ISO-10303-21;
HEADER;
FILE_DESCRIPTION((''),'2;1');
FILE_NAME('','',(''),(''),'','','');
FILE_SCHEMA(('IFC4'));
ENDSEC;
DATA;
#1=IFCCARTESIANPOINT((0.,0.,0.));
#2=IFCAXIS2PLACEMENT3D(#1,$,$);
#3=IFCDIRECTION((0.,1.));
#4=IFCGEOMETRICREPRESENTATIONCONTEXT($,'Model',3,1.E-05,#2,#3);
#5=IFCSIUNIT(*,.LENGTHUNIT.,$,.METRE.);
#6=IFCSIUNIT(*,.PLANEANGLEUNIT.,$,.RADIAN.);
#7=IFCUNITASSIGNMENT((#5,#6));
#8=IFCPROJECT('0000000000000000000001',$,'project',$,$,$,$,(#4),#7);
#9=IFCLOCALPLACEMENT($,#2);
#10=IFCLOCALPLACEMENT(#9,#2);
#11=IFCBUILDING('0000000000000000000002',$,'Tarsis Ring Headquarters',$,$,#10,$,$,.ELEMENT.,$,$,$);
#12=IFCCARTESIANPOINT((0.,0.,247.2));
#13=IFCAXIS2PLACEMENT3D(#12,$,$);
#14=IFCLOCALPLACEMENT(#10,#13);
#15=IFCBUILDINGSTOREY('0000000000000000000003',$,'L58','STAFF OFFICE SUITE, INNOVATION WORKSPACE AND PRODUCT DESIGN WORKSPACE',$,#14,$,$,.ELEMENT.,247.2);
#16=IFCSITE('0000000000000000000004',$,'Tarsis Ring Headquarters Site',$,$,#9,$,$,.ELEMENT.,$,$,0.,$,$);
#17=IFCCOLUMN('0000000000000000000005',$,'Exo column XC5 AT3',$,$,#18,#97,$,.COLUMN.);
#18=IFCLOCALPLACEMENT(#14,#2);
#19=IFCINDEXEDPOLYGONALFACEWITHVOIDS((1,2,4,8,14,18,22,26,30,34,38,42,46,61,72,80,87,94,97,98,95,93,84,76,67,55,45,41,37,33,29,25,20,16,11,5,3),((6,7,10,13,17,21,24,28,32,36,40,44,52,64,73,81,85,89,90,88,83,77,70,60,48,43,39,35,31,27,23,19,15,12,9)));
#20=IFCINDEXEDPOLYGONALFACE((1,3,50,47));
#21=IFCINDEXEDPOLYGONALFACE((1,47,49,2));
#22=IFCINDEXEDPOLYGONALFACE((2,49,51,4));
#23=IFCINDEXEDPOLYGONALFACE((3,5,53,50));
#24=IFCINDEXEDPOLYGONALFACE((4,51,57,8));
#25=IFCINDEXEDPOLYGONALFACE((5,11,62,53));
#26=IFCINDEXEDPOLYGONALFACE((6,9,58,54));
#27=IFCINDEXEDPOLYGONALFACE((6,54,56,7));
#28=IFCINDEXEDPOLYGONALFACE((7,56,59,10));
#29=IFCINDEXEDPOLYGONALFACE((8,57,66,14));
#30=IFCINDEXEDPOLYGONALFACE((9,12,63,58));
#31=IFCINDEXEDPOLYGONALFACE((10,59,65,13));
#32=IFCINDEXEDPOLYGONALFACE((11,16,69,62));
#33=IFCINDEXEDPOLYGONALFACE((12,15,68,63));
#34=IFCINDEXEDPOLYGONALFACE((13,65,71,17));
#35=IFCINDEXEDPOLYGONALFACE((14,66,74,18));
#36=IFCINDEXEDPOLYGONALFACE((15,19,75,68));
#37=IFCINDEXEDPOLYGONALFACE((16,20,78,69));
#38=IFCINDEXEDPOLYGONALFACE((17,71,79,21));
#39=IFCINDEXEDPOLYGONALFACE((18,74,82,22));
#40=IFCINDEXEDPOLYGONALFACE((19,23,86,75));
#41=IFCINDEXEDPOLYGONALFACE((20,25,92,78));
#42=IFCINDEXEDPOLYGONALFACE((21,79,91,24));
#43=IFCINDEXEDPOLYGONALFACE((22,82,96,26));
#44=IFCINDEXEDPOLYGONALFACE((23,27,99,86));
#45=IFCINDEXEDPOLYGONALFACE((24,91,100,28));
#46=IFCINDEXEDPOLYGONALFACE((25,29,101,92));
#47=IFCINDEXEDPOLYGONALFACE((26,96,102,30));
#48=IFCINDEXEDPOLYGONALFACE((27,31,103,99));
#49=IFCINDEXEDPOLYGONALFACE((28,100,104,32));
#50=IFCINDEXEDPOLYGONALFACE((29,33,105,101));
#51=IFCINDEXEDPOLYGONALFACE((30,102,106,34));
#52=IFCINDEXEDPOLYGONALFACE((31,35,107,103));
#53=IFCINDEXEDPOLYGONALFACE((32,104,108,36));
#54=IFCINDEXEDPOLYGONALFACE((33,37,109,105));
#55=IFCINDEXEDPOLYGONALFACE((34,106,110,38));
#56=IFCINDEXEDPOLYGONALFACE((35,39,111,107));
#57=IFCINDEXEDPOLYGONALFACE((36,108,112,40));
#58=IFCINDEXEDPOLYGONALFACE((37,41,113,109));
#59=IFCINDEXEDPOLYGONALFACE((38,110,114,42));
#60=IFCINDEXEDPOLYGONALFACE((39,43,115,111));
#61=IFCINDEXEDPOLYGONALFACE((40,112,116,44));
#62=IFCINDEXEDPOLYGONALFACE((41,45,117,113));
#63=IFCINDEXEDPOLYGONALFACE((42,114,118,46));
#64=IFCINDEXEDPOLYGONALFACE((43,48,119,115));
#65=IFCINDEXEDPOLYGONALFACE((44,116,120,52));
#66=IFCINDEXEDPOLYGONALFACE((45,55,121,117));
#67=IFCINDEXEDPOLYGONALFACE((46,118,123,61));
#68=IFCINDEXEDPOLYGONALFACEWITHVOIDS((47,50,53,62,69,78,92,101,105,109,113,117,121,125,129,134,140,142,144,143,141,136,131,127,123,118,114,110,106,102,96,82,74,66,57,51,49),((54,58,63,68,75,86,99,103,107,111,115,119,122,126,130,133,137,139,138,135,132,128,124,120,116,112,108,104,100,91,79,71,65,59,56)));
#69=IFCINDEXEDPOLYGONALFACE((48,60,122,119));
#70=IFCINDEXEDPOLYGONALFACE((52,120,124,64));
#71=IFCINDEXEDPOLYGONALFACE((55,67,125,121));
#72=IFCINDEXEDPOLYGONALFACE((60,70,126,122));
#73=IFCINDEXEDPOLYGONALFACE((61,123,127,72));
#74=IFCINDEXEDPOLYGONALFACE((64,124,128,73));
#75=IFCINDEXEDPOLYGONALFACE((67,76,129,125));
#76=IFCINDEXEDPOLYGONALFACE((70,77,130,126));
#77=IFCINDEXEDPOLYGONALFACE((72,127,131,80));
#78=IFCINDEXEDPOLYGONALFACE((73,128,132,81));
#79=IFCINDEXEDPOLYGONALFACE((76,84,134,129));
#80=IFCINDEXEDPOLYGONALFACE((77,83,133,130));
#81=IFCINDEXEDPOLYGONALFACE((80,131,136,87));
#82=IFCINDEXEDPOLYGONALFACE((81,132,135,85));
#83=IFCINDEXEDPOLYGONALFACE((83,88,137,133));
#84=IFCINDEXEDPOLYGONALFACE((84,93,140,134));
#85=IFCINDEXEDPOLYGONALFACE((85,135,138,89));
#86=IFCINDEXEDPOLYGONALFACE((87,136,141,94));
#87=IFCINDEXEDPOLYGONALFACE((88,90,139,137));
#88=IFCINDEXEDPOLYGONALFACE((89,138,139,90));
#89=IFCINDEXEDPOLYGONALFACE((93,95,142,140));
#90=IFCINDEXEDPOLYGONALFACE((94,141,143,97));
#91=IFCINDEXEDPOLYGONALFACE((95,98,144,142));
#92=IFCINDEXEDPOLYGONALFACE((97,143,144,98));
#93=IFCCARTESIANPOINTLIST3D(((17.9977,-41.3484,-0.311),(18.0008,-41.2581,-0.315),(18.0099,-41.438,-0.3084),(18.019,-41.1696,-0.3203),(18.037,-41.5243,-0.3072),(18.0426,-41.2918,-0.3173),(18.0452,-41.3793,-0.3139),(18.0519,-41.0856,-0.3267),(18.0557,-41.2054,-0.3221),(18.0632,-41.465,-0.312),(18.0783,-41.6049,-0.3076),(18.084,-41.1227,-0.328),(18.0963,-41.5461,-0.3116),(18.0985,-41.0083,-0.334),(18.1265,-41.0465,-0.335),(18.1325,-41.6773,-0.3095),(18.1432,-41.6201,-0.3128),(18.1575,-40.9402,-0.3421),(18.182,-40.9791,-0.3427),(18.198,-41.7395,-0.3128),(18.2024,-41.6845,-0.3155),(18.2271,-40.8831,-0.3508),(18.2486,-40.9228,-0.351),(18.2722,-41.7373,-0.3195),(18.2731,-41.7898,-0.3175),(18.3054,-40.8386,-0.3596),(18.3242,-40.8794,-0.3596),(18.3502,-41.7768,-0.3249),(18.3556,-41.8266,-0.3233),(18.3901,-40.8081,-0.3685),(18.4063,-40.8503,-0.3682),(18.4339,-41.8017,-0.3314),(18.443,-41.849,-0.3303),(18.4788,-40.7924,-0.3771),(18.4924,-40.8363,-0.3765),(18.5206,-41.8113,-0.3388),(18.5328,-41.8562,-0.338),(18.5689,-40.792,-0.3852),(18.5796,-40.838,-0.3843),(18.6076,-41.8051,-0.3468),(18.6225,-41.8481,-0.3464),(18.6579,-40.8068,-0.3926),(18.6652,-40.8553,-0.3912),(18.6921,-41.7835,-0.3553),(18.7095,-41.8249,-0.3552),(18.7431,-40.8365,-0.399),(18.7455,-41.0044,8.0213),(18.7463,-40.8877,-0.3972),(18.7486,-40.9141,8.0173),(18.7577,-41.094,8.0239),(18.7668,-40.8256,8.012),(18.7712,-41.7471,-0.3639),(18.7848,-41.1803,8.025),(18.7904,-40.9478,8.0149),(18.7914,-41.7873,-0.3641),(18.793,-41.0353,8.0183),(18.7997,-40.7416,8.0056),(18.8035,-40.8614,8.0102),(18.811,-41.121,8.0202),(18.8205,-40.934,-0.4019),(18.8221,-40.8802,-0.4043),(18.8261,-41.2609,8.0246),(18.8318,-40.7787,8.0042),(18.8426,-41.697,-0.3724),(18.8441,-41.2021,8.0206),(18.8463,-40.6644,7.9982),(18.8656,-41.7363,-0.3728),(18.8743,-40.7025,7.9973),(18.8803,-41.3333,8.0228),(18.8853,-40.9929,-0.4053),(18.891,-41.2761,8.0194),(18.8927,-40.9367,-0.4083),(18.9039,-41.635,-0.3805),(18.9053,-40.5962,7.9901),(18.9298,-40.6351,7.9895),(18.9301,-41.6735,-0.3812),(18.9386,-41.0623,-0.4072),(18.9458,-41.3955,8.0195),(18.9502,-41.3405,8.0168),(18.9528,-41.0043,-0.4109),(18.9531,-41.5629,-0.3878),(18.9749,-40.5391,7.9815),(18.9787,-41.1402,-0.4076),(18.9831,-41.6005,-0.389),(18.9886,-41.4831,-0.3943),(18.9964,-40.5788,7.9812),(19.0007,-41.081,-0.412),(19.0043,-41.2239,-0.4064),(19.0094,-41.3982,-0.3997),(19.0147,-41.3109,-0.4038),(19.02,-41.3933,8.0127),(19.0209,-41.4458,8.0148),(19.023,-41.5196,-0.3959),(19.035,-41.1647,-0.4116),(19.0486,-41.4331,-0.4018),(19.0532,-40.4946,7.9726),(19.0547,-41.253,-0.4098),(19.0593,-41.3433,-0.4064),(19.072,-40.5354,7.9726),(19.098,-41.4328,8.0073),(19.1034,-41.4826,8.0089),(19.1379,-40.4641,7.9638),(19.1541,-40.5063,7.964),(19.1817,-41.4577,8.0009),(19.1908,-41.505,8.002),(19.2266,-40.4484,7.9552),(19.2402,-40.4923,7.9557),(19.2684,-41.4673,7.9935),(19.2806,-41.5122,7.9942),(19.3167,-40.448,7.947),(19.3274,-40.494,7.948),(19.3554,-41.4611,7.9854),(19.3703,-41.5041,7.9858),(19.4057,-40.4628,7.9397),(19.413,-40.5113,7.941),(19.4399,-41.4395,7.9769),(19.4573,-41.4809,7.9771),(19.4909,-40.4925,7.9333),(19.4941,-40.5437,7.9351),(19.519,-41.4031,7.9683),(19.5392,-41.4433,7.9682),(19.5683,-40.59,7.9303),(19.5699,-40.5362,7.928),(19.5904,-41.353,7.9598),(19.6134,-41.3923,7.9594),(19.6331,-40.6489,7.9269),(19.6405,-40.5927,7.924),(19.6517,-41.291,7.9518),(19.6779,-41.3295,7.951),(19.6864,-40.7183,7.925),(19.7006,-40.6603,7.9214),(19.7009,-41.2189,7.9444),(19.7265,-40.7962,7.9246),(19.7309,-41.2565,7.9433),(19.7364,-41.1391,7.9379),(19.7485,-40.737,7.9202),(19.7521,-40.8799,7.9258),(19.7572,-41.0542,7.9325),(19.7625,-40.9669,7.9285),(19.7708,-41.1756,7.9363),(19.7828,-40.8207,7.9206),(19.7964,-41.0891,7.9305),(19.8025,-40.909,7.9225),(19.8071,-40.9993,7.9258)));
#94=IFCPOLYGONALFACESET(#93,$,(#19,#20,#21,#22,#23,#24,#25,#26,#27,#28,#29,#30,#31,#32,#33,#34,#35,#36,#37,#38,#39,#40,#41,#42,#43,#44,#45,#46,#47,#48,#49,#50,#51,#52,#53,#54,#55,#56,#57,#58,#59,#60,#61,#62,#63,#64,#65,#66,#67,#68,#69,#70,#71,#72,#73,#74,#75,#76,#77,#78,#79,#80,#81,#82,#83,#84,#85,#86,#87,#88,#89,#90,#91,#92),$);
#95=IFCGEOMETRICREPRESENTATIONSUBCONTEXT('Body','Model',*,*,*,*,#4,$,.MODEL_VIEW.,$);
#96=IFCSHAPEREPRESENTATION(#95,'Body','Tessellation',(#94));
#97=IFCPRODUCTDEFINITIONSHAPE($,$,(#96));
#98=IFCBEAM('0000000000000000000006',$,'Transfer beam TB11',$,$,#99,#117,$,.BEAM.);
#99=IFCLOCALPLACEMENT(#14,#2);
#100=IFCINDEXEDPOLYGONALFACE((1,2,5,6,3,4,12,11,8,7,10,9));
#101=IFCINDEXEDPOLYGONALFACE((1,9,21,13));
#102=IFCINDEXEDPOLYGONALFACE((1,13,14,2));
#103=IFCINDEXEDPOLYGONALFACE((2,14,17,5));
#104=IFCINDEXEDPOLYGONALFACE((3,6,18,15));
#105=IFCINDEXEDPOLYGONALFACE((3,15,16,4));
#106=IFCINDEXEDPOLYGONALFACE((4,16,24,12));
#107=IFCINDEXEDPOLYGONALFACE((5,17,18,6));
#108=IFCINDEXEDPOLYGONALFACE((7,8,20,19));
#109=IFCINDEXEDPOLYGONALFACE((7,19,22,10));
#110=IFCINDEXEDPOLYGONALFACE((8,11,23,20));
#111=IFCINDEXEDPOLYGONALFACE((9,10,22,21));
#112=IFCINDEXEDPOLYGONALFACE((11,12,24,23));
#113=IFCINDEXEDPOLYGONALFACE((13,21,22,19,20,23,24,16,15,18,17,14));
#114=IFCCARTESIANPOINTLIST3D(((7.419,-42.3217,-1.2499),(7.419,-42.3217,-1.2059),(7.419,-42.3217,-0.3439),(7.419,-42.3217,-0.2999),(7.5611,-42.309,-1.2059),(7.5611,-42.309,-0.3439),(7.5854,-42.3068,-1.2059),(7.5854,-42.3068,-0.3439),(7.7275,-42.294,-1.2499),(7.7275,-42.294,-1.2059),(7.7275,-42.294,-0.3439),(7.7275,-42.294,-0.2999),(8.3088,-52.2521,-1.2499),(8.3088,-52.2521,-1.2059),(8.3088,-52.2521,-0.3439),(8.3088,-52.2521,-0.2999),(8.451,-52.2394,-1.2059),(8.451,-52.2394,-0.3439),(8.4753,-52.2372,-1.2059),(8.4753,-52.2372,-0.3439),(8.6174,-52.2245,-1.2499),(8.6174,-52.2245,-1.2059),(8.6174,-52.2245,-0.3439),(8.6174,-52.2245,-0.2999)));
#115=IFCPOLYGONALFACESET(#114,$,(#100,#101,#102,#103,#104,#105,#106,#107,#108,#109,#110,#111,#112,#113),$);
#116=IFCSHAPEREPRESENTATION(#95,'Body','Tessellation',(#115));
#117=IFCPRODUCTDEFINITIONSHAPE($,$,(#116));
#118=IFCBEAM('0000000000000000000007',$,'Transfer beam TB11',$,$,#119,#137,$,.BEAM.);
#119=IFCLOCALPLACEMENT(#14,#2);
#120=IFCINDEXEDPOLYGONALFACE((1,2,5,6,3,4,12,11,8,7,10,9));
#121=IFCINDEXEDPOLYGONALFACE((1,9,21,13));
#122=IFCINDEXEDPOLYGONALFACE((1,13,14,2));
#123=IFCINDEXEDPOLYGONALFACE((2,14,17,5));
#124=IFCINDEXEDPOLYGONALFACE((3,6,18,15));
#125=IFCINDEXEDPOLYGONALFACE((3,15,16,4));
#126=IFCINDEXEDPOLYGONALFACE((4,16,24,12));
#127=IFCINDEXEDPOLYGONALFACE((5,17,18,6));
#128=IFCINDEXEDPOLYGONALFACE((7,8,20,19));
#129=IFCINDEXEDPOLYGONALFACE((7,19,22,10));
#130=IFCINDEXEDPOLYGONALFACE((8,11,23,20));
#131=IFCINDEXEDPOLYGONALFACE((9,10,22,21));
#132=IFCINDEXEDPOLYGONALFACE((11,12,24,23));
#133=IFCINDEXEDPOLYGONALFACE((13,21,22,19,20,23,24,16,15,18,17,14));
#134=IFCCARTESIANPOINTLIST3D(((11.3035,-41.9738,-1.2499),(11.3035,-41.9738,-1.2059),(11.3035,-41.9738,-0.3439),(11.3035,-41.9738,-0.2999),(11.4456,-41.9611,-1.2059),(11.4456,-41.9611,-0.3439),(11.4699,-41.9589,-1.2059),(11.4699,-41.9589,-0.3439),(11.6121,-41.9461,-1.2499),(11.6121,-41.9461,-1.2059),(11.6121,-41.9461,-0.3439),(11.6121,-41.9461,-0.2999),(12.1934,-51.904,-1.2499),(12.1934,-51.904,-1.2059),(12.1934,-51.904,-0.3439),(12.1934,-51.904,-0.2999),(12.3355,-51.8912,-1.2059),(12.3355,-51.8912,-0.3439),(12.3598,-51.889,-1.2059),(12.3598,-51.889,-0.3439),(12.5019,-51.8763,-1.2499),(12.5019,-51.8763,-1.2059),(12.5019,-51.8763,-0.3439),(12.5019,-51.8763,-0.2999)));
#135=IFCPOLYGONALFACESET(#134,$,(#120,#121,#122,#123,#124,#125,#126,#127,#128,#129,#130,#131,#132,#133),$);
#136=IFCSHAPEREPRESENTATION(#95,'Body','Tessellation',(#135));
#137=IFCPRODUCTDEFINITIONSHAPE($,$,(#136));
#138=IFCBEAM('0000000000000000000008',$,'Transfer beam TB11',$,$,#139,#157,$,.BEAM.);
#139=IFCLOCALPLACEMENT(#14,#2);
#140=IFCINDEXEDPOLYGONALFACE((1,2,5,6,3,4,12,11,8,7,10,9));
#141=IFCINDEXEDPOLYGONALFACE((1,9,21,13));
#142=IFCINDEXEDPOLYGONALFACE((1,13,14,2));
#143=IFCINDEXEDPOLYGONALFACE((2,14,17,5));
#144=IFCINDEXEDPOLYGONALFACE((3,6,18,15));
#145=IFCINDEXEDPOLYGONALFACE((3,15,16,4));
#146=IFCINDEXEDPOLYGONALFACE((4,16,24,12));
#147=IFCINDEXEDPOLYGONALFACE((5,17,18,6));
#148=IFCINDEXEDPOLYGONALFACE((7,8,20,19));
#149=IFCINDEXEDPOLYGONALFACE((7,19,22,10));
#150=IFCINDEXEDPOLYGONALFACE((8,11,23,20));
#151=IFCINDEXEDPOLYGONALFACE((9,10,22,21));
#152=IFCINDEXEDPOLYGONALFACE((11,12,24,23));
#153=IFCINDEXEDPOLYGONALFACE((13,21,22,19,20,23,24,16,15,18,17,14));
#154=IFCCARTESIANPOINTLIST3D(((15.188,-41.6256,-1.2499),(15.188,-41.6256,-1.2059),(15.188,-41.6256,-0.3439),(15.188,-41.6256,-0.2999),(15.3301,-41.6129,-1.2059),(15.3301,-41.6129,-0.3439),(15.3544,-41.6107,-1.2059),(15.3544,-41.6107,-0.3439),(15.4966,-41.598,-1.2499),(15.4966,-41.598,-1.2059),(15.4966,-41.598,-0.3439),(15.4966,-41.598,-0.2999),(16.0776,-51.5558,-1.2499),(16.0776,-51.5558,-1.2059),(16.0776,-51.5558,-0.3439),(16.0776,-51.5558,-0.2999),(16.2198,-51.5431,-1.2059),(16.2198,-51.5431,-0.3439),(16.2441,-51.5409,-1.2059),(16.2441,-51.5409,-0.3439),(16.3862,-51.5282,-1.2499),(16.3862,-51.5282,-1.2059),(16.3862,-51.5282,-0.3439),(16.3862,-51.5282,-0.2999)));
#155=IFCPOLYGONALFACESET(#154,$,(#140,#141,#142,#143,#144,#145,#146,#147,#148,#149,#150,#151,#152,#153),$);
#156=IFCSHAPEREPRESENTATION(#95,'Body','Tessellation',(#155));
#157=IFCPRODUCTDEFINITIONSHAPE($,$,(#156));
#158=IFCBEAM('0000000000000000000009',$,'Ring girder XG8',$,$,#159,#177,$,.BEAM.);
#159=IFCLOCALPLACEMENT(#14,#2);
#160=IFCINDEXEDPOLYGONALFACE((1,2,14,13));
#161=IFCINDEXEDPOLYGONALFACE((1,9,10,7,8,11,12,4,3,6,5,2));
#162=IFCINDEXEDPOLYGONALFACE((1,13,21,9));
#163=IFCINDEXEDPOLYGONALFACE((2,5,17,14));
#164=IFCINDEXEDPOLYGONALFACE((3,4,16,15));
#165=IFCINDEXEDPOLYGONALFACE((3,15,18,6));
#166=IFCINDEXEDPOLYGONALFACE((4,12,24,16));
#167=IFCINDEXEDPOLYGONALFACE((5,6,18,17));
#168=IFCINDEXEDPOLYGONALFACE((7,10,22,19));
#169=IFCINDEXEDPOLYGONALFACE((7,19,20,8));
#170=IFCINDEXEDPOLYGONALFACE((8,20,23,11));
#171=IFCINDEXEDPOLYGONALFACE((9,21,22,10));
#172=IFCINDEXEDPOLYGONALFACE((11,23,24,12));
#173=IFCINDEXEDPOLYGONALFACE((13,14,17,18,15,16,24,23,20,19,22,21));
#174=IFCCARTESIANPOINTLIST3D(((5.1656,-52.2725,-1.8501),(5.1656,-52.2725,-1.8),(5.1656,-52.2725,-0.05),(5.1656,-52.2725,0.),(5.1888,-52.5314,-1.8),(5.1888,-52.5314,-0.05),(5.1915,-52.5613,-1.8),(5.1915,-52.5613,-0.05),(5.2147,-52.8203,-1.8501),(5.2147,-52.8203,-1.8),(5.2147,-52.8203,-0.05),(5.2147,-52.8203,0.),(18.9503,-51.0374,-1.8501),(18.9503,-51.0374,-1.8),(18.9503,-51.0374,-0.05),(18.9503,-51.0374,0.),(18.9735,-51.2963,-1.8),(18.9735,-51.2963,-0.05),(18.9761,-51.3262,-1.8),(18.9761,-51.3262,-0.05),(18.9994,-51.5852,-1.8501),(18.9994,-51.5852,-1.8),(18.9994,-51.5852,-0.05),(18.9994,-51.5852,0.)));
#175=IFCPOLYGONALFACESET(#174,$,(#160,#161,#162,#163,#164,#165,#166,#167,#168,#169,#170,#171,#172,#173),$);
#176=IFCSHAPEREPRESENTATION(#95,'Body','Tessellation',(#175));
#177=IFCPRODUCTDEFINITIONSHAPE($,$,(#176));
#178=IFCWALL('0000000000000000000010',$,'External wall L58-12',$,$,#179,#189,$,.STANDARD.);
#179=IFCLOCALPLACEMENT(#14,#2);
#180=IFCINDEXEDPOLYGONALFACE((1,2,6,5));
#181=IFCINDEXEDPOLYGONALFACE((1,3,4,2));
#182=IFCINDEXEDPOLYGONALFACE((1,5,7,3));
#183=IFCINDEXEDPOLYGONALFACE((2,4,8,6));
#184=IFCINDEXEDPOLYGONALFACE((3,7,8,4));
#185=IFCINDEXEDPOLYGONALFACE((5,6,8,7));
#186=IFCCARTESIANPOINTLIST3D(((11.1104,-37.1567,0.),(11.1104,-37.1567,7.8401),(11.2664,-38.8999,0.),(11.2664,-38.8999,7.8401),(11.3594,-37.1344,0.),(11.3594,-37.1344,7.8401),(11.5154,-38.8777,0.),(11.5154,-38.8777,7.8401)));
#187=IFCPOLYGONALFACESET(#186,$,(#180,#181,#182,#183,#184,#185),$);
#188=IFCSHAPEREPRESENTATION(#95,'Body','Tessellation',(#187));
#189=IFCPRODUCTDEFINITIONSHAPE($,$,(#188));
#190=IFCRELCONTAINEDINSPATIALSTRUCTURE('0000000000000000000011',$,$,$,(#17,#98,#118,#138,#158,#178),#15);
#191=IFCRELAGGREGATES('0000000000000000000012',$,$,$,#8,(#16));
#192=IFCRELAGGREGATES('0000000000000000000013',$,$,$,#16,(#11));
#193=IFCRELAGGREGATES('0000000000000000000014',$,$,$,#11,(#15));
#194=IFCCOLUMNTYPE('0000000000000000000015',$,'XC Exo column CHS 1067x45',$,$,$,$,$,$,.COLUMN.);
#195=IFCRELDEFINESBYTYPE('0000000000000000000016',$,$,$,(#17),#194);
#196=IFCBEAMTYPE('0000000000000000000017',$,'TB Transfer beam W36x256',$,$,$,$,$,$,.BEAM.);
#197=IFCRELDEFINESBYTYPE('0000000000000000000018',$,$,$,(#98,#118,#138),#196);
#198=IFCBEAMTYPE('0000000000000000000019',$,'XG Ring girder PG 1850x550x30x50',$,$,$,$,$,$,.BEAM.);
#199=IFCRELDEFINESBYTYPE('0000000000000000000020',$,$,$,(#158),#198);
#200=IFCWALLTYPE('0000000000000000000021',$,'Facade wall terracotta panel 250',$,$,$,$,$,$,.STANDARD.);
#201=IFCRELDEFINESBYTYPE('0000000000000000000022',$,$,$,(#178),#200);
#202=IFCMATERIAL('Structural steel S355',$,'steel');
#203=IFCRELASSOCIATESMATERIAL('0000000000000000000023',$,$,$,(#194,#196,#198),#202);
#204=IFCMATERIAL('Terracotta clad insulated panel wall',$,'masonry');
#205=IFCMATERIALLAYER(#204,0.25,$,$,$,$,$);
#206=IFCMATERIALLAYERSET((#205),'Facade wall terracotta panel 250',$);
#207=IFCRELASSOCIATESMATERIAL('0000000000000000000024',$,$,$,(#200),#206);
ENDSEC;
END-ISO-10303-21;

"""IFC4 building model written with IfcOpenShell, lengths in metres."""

from ifc_helpers import new_model, si_unit, direction, frame, frame_2d, origin, origin_2d, place, context, subcontext, project, spatial, rectangle, hollow_circle, i_section, extrude, material, layer, layer_set, material_profile, profile_set, type_object, element, save


model = new_model("IFC4")

# Units and contexts
model_context = context("Model", 3, precision=1e-05, world=origin(), true_north=direction((0.0, 1.0)))
body_context = subcontext(model_context, "Body", "Model", "MODEL_VIEW")
ifc_project = project(units=[si_unit("LENGTHUNIT", "METRE"), si_unit("PLANEANGLEUNIT", "RADIAN")], contexts=[model_context])

# Site, building, storey
site_placement = place(None, origin())
site = spatial("IfcSite", under=ifc_project, at=site_placement, Name="Tarsis Ring Headquarters Site", CompositionType="ELEMENT", RefElevation=0.0)
building_placement = place(site_placement, origin())
building = spatial("IfcBuilding", under=site, at=building_placement, Name="Tarsis Ring Headquarters", CompositionType="ELEMENT")
storey_placement = place(building_placement, frame((0.0, 0.0, 247.2)))
storey = spatial("IfcBuildingStorey", under=building, at=storey_placement, Name="L58", Description="STAFF OFFICE SUITE, INNOVATION WORKSPACE AND PRODUCT DESIGN WORKSPACE", CompositionType="ELEMENT", Elevation=247.2)

# Column
ifc_material_1 = material(Name="Structural steel S355", Category="steel")
ifc_material_profile_1 = material_profile(ifc_material_1, hollow_circle(Radius=0.5334, WallThickness=0.0449, at=origin_2d()), Name="CHS 1067x45")
ifc_profile_set_1 = profile_set([ifc_material_profile_1], Name="Structural steel S355")
column_type = type_object("IfcColumnType", Name="XC Exo column CHS 1067x45", PredefinedType="COLUMN", material=ifc_profile_set_1)
column_placement = place(storey_placement, frame((18.5283, -41.3232, -0.3596), z_axis=(0.089313, 0.041085, 0.995156), x_axis=(-0.417911, 0.908488, 0.0)))
element("IfcColumn", 1, at=column_placement, inside=storey, type_object=column_type, Name="Exo column XC5 AT3", PredefinedType="COLUMN", context=body_context, shape_type="SweptSolid", body=[
    extrude(hollow_circle(Radius=0.5334, WallThickness=0.0449, at=origin_2d()), origin(), (0.0, 0.0, 1.0), 8.3728),
])

# Beams
ifc_material_profile_2 = material_profile(ifc_material_1, i_section(OverallWidth=0.3098, OverallDepth=0.95, WebThickness=0.0244, FlangeThickness=0.0439, at=origin_2d()), Name="W36x256")
ifc_profile_set_2 = profile_set([ifc_material_profile_2], Name="Structural steel S355")
beam_type_1 = type_object("IfcBeamType", Name="TB Transfer beam W36x256", PredefinedType="BEAM", material=ifc_profile_set_2)
beam_1_placement = place(storey_placement, frame((7.5732, -42.3079, -0.7749), z_axis=(0.089255, -0.996009, 0.0), x_axis=(0.996009, 0.089255, 0.0)))
element("IfcBeam", 2, at=beam_1_placement, inside=storey, type_object=beam_type_1, Name="Transfer beam TB11", PredefinedType="BEAM", context=body_context, shape_type="SweptSolid", body=[
    extrude(i_section(OverallWidth=0.3098, OverallDepth=0.95, WebThickness=0.0244, FlangeThickness=0.0439, at=origin_2d()), origin(), (0.0, 0.0, 1.0), 9.9702),
])
for number, where, z_axis, x_axis, name in (
    (3, (11.4578, -41.96, -0.7749), (0.089257, -0.996009, 0.0), (0.996009, 0.089257, 0.0), "Transfer beam TB11"),
    (4, (15.3423, -41.6118, -0.7749), (0.089233, -0.996011, 0.0), (0.996011, 0.089233, 0.0), "Transfer beam TB11"),
):
    element("IfcBeam", number, at=place(storey_placement, frame(where, z_axis=z_axis, x_axis=x_axis)), inside=storey, type_object=beam_type_1, Name=name, PredefinedType="BEAM", context=body_context, shape_type="SweptSolid", body=[
        extrude(i_section(OverallWidth=0.3098, OverallDepth=0.95, WebThickness=0.0244, FlangeThickness=0.0439, at=origin_2d()), origin(), (0.0, 0.0, 1.0), 9.97),
    ])
ifc_material_profile_3 = material_profile(ifc_material_1, i_section(OverallWidth=0.55, OverallDepth=1.8501, WebThickness=0.03, FlangeThickness=0.05, at=origin_2d()), Name="PG 1850x550x30x50")
ifc_profile_set_3 = profile_set([ifc_material_profile_3], Name="Structural steel S355")
beam_type_2 = type_object("IfcBeamType", Name="XG Ring girder PG 1850x550x30x50", PredefinedType="BEAM", material=ifc_profile_set_3)
beam_2_placement = place(storey_placement, frame((5.1902, -52.5464, -0.925), z_axis=(0.99601, 0.089243, 0.0), x_axis=(-0.089243, 0.99601, 0.0)))
element("IfcBeam", 5, at=beam_2_placement, inside=storey, type_object=beam_type_2, Name="Ring girder XG8", PredefinedType="BEAM", context=body_context, shape_type="SweptSolid", body=[
    extrude(i_section(OverallWidth=0.55, OverallDepth=1.8501, WebThickness=0.03, FlangeThickness=0.05, at=origin_2d()), origin(), (0.0, 0.0, 1.0), 13.8398),
])

# Wall
ifc_material_2 = material(Name="Terracotta clad insulated panel wall", Category="masonry")
ifc_layer = layer(ifc_material_2, 0.25)
ifc_layer_set = layer_set([ifc_layer], Name="Facade wall terracotta panel 250")
wall_type = type_object("IfcWallType", Name="Facade wall terracotta panel 250", PredefinedType="STANDARD", material=ifc_layer_set)
wall_placement = place(storey_placement, frame((11.3909, -38.8887, 0.0), z_axis=(0.0, 0.0, 1.0), x_axis=(-0.08914, 0.996019, 0.0)))
element("IfcWall", 6, at=wall_placement, inside=storey, type_object=wall_type, Name="External wall L58-12", PredefinedType="STANDARD", context=body_context, shape_type="SweptSolid", body=[
    extrude(rectangle(XDim=1.7502, YDim=0.25, at=frame_2d((0.875, 0.0))), origin(), (0.0, 0.0, 1.0), 7.8401),
])

save(model, "model.ifc")
